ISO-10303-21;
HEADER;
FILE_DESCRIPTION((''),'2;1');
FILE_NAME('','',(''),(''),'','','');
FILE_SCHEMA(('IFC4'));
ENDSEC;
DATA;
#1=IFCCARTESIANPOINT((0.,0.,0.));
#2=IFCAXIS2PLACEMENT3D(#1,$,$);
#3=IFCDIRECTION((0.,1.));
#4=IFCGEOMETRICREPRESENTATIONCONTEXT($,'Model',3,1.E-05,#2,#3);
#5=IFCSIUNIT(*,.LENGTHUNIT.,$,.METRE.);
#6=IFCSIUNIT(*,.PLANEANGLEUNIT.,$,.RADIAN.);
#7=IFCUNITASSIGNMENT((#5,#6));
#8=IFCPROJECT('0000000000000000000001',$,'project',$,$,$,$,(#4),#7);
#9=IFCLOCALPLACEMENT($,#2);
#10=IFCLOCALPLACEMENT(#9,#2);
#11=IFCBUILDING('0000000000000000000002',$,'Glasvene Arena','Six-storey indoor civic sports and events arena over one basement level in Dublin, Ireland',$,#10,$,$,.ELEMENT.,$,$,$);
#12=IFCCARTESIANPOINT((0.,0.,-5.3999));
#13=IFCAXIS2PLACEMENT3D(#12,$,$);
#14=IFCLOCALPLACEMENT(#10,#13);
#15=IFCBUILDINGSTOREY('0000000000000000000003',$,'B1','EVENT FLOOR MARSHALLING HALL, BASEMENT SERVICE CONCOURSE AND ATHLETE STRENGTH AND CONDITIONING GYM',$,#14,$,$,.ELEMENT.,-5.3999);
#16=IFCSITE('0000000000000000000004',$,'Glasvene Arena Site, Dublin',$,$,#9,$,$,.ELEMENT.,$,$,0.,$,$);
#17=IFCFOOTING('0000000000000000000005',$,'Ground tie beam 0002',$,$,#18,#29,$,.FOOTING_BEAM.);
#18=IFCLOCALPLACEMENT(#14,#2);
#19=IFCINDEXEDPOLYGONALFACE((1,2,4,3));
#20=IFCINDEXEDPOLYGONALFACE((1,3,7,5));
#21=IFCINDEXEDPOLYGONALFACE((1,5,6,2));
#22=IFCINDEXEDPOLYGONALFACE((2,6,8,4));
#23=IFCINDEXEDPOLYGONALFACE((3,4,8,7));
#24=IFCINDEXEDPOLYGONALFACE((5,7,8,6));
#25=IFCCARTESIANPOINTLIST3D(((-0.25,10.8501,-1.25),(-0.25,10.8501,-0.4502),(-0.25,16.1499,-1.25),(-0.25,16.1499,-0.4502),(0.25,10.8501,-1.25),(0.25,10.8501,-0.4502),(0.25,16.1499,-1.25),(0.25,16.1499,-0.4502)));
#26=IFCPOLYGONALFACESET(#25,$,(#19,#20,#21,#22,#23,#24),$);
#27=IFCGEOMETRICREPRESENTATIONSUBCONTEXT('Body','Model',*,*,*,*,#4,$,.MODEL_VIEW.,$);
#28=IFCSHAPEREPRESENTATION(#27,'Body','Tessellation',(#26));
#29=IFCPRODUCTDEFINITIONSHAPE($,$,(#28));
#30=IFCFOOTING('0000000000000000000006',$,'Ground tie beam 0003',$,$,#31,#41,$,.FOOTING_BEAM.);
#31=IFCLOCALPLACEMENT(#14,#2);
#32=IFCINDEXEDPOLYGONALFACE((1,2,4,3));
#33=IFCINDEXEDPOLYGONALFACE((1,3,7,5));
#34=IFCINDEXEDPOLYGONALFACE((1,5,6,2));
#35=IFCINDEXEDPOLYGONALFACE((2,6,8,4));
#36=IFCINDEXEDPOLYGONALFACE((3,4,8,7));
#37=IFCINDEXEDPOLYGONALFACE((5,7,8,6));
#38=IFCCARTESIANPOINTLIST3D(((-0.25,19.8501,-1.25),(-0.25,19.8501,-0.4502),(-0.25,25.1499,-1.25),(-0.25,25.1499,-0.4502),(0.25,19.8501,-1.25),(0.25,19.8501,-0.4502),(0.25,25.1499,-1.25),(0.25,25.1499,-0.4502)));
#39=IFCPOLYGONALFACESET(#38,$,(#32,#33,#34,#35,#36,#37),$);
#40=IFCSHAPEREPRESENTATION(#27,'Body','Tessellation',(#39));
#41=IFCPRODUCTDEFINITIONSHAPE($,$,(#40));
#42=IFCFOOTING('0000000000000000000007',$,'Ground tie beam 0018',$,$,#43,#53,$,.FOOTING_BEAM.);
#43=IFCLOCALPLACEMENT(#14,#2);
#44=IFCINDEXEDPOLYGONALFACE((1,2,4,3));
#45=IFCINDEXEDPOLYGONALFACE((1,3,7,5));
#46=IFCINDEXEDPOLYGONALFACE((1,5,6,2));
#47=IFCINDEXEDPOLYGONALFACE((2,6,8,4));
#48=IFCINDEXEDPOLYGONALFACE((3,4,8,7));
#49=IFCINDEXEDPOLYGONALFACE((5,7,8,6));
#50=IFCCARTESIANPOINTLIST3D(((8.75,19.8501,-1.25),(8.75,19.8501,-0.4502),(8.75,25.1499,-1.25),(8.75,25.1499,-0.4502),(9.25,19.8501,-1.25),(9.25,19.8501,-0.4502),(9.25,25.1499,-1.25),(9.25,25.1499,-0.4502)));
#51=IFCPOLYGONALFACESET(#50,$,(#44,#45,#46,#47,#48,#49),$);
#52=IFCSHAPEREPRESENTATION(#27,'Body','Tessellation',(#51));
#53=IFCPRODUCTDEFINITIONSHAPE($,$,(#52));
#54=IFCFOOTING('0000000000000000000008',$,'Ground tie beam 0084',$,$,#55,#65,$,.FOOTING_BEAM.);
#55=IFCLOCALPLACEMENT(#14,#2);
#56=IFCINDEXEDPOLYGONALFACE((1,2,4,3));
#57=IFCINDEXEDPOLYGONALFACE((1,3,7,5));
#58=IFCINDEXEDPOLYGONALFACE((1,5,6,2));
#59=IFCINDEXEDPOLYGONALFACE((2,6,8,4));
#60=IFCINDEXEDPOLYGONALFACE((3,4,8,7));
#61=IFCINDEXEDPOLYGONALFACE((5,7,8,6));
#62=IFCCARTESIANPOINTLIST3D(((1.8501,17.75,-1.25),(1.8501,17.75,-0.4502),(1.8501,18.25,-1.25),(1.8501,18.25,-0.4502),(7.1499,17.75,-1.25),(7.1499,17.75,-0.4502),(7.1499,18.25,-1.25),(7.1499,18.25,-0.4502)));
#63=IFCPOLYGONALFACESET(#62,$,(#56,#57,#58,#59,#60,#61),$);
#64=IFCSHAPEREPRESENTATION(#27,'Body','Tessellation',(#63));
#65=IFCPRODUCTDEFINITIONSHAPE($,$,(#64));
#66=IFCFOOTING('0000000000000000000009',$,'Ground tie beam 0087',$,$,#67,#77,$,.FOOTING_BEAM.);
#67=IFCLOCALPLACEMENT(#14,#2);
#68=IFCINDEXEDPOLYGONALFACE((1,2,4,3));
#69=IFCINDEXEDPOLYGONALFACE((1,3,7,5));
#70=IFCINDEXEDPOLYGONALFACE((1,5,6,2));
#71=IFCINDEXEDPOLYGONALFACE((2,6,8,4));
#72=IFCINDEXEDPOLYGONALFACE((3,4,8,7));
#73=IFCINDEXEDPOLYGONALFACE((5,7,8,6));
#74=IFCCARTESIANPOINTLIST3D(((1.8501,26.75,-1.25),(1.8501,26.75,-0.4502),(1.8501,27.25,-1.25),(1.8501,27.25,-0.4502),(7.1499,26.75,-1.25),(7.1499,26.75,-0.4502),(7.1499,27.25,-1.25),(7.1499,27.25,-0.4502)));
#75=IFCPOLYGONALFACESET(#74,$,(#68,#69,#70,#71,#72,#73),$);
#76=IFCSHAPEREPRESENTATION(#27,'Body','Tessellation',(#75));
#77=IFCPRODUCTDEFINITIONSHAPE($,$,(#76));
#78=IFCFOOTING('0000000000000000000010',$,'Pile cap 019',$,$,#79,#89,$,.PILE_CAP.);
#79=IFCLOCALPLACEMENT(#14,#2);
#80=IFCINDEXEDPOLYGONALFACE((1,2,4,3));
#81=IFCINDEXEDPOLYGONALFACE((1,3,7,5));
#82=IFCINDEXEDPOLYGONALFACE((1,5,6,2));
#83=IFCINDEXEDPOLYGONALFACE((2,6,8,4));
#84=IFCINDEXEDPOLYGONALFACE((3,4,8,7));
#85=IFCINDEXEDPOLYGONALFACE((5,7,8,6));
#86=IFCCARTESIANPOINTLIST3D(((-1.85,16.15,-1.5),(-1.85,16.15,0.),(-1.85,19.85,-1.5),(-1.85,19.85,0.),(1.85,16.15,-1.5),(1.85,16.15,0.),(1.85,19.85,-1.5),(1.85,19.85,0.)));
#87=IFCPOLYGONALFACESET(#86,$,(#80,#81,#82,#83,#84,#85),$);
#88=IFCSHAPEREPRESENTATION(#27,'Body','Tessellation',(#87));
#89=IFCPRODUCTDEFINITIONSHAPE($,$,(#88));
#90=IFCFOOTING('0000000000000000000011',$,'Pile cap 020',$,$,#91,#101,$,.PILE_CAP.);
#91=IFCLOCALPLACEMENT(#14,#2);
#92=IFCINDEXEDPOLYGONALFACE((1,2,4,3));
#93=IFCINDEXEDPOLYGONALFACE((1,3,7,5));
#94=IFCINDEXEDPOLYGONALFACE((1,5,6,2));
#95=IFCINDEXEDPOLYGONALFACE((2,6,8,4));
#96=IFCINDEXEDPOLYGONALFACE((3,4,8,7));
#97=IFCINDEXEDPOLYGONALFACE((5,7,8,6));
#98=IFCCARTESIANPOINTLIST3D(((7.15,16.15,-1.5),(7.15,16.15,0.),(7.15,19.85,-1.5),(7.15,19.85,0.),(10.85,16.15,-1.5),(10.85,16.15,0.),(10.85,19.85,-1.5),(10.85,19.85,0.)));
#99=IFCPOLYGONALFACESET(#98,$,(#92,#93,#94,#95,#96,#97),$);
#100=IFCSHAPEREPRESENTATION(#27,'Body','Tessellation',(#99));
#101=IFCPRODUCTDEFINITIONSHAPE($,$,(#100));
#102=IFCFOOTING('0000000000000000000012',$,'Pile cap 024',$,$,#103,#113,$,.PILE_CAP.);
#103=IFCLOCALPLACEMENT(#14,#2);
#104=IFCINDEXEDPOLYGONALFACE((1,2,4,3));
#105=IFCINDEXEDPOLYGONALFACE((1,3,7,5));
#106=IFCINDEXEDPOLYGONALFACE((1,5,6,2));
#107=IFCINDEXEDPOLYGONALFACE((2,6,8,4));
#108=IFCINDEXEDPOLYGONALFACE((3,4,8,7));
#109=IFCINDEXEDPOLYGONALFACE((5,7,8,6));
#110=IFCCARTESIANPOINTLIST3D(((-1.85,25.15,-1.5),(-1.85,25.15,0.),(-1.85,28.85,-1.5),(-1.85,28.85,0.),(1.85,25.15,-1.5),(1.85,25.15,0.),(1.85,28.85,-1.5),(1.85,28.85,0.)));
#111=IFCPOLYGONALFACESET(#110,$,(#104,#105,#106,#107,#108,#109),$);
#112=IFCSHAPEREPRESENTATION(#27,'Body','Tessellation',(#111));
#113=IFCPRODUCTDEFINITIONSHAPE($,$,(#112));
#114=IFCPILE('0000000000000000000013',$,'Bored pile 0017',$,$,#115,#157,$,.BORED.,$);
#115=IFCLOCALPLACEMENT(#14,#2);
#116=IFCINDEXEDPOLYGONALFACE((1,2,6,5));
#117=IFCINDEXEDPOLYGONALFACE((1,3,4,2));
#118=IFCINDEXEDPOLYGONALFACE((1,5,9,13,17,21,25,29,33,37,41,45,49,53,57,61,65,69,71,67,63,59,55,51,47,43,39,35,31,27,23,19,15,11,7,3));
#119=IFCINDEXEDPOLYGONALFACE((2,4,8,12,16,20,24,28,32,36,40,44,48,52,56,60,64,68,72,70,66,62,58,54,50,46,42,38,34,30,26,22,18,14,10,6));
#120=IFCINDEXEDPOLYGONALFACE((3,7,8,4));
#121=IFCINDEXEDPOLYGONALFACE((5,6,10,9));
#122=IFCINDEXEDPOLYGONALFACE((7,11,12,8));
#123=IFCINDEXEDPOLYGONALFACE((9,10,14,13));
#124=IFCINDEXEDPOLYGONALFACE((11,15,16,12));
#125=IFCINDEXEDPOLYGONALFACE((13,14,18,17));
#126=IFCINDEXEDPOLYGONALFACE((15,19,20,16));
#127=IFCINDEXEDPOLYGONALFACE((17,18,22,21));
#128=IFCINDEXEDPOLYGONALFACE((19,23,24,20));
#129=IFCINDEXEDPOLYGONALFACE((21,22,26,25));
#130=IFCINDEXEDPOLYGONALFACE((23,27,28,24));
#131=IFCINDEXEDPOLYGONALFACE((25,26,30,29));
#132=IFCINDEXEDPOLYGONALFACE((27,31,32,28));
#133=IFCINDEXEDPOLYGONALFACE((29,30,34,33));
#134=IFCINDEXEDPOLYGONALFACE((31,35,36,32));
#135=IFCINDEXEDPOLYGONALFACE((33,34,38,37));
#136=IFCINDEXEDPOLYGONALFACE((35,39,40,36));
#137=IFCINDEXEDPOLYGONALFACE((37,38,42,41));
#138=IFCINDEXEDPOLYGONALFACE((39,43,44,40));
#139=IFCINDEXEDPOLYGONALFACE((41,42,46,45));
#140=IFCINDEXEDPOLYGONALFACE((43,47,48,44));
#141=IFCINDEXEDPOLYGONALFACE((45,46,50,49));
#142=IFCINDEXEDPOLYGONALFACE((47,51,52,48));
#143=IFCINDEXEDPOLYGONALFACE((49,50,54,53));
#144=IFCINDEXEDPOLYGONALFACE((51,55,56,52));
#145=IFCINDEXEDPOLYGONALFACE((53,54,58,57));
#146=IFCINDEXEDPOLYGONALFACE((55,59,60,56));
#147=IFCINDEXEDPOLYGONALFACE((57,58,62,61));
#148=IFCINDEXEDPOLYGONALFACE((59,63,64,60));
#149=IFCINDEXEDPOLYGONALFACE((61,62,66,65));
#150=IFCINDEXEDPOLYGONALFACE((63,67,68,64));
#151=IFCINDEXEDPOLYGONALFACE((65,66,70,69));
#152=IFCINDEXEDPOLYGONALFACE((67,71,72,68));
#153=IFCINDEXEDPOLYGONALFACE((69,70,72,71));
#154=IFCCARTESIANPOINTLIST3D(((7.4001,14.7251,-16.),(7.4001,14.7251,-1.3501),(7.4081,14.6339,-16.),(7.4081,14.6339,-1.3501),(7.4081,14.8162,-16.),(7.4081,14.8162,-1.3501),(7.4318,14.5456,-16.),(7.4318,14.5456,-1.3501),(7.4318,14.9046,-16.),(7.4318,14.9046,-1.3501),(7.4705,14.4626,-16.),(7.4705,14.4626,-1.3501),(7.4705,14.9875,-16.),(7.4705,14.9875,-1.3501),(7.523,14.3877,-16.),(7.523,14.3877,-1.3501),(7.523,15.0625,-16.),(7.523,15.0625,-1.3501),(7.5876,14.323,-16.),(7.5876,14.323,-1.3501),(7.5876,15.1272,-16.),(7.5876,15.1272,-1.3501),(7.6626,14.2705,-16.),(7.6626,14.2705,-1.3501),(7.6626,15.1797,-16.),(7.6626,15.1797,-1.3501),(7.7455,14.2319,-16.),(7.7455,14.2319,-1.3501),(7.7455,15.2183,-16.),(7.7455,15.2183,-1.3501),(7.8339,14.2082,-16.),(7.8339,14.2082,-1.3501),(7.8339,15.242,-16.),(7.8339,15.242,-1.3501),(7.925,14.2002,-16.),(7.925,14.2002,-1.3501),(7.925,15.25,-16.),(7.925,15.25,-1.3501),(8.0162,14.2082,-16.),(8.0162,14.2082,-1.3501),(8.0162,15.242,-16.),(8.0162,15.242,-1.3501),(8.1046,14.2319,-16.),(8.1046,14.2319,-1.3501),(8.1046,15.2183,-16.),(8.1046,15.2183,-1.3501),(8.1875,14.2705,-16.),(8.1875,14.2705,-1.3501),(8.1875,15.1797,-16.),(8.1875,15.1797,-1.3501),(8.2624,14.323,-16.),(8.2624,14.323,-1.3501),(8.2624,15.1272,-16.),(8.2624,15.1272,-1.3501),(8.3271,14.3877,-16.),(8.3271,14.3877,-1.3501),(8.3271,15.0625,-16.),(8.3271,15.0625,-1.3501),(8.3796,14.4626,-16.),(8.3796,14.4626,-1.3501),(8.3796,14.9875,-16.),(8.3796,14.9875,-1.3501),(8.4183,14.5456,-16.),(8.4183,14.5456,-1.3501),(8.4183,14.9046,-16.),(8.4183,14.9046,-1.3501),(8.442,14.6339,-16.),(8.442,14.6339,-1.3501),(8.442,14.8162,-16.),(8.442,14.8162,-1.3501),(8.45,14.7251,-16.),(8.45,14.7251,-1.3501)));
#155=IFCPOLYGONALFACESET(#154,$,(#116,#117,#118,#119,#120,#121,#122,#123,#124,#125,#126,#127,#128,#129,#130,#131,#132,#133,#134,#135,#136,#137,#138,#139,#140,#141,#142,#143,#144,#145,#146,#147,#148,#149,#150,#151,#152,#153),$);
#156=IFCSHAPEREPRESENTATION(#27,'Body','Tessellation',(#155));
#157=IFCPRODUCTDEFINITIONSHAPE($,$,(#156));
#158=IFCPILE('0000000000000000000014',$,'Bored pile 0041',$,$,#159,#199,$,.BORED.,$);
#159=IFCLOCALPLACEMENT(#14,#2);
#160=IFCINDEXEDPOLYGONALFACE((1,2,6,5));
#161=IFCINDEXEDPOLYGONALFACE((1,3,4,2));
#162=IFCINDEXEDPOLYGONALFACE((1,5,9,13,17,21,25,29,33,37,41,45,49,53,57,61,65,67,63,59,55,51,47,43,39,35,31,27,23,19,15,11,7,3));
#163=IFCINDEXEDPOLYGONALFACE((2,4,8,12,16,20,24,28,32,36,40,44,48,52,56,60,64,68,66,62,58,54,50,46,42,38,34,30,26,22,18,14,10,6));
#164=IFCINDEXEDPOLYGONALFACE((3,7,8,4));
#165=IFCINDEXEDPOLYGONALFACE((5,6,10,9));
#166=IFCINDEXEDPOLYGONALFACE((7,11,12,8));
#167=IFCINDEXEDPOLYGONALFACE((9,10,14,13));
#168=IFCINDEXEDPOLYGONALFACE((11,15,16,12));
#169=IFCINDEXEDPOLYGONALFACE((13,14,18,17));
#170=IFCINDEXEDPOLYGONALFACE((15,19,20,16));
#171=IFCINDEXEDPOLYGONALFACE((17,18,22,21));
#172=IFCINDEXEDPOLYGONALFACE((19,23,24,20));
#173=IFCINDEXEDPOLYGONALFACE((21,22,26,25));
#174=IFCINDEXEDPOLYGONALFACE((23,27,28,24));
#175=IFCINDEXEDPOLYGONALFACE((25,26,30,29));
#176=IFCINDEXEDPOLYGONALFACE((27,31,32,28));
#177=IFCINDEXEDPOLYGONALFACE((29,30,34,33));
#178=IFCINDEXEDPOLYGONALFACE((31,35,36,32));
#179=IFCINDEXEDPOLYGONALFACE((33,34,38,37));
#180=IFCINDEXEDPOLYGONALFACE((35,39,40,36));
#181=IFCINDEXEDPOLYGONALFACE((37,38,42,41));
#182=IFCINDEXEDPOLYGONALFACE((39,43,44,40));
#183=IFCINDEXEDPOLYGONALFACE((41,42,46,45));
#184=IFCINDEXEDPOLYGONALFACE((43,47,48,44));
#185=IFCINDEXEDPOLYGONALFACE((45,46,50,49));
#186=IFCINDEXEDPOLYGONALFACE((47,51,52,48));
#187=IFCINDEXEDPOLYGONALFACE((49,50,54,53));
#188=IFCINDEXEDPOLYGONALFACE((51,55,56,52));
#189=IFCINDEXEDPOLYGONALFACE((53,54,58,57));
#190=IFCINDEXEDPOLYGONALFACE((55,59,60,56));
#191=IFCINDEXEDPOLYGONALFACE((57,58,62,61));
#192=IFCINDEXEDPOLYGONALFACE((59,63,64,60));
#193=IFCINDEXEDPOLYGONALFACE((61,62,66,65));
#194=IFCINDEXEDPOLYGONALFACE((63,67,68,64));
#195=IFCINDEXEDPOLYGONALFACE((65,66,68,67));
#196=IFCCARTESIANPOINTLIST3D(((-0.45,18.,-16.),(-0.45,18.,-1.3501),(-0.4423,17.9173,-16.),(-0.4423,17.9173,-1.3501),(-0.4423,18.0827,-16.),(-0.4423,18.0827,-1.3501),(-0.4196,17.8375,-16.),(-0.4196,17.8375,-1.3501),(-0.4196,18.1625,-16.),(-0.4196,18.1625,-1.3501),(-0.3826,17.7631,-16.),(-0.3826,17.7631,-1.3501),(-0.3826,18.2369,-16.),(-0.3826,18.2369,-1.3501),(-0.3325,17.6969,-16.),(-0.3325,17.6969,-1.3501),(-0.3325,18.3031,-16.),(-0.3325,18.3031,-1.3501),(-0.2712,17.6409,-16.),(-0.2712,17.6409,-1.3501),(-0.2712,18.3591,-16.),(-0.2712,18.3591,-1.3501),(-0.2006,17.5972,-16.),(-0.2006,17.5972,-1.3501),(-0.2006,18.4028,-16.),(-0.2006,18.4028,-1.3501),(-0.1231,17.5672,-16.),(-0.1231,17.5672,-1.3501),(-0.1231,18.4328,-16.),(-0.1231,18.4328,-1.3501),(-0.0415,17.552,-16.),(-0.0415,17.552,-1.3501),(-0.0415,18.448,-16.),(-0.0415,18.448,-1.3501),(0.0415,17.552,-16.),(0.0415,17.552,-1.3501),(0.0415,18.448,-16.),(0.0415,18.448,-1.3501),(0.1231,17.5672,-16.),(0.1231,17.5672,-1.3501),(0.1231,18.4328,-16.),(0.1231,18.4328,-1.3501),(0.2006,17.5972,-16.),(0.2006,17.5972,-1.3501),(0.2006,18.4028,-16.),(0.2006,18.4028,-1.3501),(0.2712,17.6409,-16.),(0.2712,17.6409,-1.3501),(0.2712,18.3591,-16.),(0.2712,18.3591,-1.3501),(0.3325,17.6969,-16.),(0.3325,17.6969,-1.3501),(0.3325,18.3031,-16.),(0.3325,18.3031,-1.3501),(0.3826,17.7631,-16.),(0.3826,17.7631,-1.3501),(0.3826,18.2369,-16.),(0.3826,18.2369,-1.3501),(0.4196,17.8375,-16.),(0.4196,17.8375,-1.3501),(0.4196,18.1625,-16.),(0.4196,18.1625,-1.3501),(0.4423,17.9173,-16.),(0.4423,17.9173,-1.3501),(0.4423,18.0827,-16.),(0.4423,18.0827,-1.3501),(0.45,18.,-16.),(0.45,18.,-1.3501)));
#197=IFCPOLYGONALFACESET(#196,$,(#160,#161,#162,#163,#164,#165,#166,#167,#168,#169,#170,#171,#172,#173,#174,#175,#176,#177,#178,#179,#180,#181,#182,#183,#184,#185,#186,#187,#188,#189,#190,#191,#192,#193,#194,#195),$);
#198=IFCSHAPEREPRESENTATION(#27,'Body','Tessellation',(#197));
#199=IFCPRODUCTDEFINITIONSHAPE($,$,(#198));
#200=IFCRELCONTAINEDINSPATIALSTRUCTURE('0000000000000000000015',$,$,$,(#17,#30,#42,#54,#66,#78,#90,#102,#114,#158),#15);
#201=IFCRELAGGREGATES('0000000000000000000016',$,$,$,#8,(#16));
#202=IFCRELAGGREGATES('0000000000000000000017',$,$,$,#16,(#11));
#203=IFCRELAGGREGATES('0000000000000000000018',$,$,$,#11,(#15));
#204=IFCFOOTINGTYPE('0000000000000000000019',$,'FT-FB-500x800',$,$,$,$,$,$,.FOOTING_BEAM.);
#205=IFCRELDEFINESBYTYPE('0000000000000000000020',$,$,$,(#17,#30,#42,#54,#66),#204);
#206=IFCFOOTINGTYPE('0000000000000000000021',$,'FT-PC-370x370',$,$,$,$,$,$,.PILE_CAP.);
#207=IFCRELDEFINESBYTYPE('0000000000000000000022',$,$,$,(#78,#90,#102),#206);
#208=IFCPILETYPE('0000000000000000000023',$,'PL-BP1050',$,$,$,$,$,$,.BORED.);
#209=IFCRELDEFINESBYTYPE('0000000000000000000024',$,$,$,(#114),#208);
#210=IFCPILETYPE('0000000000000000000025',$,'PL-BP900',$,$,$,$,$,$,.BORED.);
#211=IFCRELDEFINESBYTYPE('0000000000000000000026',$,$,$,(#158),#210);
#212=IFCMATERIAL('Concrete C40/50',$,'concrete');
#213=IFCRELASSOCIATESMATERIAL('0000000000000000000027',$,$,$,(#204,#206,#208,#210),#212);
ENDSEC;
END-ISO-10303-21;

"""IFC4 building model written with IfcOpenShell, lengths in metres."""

from ifc_helpers import new_model, si_unit, direction, frame, origin, origin_2d, place, context, subcontext, project, spatial, polyline, rectangle, circle, outline, extrude, material, material_profile, profile_set, type_object, element, save


model = new_model("IFC4")

# Units and contexts
model_context = context("Model", 3, precision=1e-05, world=origin(), true_north=direction((0.0, 1.0)))
body_context = subcontext(model_context, "Body", "Model", "MODEL_VIEW")
ifc_project = project(units=[si_unit("LENGTHUNIT", "METRE"), si_unit("PLANEANGLEUNIT", "RADIAN")], contexts=[model_context])

# Site, building, storey
site_placement = place(None, origin())
site = spatial("IfcSite", under=ifc_project, at=site_placement, Name="Glasvene Arena Site, Dublin", CompositionType="ELEMENT", RefElevation=0.0)
building_placement = place(site_placement, origin())
building = spatial("IfcBuilding", under=site, at=building_placement, Name="Glasvene Arena", Description="Six-storey indoor civic sports and events arena over one basement level in Dublin, Ireland", CompositionType="ELEMENT")
storey_placement = place(building_placement, frame((0.0, 0.0, -5.3999)))
storey = spatial("IfcBuildingStorey", under=building, at=storey_placement, Name="B1", Description="EVENT FLOOR MARSHALLING HALL, BASEMENT SERVICE CONCOURSE AND ATHLETE STRENGTH AND CONDITIONING GYM", CompositionType="ELEMENT", Elevation=-5.3999)

# Footings
ifc_material_1 = material(Name="Concrete C40/50", Category="concrete")
footing_type_1 = type_object("IfcFootingType", Name="FT-FB-500x800", PredefinedType="FOOTING_BEAM", material=ifc_material_1)
for number, where, name in (
    (1, (0.0, 13.5, -1.25), "Ground tie beam 0002"),
    (2, (0.0, 22.5, -1.25), "Ground tie beam 0003"),
    (3, (9.0, 22.5, -1.25), "Ground tie beam 0018"),
):
    element("IfcFooting", number, at=place(storey_placement, frame(where)), inside=storey, type_object=footing_type_1, Name=name, PredefinedType="FOOTING_BEAM", context=body_context, shape_type="SweptSolid", body=[
        extrude(outline(polyline([(-0.25, -2.6499), (0.25, -2.6499), (0.25, 2.6499), (-0.25, 2.6499), (-0.25, -2.6499)])), origin(), (0.0, 0.0, 1.0), 0.7998),
    ])
for number, where, name in (
    (4, (4.5, 18.0, -1.25), "Ground tie beam 0084"),
    (5, (4.5, 27.0, -1.25), "Ground tie beam 0087"),
):
    element("IfcFooting", number, at=place(storey_placement, frame(where)), inside=storey, type_object=footing_type_1, Name=name, PredefinedType="FOOTING_BEAM", context=body_context, shape_type="SweptSolid", body=[
        extrude(outline(polyline([(-2.6499, -0.25), (2.6499, -0.25), (2.6499, 0.25), (-2.6499, 0.25), (-2.6499, -0.25)])), origin(), (0.0, 0.0, 1.0), 0.7998),
    ])
footing_type_2 = type_object("IfcFootingType", Name="FT-PC-370x370", PredefinedType="PILE_CAP", material=ifc_material_1)
for number, where, z_axis, x_axis, name in (
    (6, (0.0, 18.0, -1.5), (0.0, 0.0, 1.0), (1.0, 0.0, 0.0), "Pile cap 019"),
    (7, (9.0, 18.0, -1.5), (0.0, 0.0, 1.0), (1.0, 0.0, 0.0), "Pile cap 020"),
    (8, (0.0, 27.0, -1.5), (0.0, 0.0, 1.0), (1.0, 0.0, 0.0), "Pile cap 024"),
):
    element("IfcFooting", number, at=place(storey_placement, frame(where, z_axis=z_axis, x_axis=x_axis)), inside=storey, type_object=footing_type_2, Name=name, PredefinedType="PILE_CAP", context=body_context, shape_type="SweptSolid", body=[
        extrude(rectangle(XDim=3.7, YDim=3.7, at=origin_2d()), origin(), (0.0, 0.0, 1.0), 1.5),
    ])

# Piles
ifc_material_profile_1 = material_profile(ifc_material_1, circle(Radius=0.5249, at=origin_2d()), Name="BORED PILE 1050")
ifc_profile_set_1 = profile_set([ifc_material_profile_1], Name="Concrete C40/50")
pile_type_1 = type_object("IfcPileType", Name="PL-BP1050", PredefinedType="BORED", material=ifc_profile_set_1)
pile_placement = place(storey_placement, frame((7.925, 14.7251, -1.3501), z_axis=(0.0, 0.0, -1.0), x_axis=(1.0, 0.0, 0.0)))
element("IfcPile", 9, at=pile_placement, inside=storey, type_object=pile_type_1, Name="Bored pile 0017", PredefinedType="BORED", context=body_context, shape_type="SweptSolid", body=[
    extrude(circle(Radius=0.5249, at=origin_2d()), origin(), (0.0, 0.0, 1.0), 14.6499),
])
ifc_material_profile_2 = material_profile(ifc_material_1, circle(Radius=0.45, at=origin_2d()), Name="BORED PILE 900")
ifc_profile_set_2 = profile_set([ifc_material_profile_2], Name="Concrete C40/50")
pile_type_2 = type_object("IfcPileType", Name="PL-BP900", PredefinedType="BORED", material=ifc_profile_set_2)
for number, where, z_axis, x_axis, name in (
    (10, (0.0, 18.0, -1.3501), (0.0, 0.0, -1.0), (1.0, 0.0, 0.0), "Bored pile 0041"),
):
    element("IfcPile", number, at=place(storey_placement, frame(where, z_axis=z_axis, x_axis=x_axis)), inside=storey, type_object=pile_type_2, Name=name, PredefinedType="BORED", context=body_context, shape_type="SweptSolid", body=[
        extrude(circle(Radius=0.45, at=origin_2d()), origin(), (0.0, 0.0, 1.0), 14.6499),
    ])

save(model, "model.ifc")
